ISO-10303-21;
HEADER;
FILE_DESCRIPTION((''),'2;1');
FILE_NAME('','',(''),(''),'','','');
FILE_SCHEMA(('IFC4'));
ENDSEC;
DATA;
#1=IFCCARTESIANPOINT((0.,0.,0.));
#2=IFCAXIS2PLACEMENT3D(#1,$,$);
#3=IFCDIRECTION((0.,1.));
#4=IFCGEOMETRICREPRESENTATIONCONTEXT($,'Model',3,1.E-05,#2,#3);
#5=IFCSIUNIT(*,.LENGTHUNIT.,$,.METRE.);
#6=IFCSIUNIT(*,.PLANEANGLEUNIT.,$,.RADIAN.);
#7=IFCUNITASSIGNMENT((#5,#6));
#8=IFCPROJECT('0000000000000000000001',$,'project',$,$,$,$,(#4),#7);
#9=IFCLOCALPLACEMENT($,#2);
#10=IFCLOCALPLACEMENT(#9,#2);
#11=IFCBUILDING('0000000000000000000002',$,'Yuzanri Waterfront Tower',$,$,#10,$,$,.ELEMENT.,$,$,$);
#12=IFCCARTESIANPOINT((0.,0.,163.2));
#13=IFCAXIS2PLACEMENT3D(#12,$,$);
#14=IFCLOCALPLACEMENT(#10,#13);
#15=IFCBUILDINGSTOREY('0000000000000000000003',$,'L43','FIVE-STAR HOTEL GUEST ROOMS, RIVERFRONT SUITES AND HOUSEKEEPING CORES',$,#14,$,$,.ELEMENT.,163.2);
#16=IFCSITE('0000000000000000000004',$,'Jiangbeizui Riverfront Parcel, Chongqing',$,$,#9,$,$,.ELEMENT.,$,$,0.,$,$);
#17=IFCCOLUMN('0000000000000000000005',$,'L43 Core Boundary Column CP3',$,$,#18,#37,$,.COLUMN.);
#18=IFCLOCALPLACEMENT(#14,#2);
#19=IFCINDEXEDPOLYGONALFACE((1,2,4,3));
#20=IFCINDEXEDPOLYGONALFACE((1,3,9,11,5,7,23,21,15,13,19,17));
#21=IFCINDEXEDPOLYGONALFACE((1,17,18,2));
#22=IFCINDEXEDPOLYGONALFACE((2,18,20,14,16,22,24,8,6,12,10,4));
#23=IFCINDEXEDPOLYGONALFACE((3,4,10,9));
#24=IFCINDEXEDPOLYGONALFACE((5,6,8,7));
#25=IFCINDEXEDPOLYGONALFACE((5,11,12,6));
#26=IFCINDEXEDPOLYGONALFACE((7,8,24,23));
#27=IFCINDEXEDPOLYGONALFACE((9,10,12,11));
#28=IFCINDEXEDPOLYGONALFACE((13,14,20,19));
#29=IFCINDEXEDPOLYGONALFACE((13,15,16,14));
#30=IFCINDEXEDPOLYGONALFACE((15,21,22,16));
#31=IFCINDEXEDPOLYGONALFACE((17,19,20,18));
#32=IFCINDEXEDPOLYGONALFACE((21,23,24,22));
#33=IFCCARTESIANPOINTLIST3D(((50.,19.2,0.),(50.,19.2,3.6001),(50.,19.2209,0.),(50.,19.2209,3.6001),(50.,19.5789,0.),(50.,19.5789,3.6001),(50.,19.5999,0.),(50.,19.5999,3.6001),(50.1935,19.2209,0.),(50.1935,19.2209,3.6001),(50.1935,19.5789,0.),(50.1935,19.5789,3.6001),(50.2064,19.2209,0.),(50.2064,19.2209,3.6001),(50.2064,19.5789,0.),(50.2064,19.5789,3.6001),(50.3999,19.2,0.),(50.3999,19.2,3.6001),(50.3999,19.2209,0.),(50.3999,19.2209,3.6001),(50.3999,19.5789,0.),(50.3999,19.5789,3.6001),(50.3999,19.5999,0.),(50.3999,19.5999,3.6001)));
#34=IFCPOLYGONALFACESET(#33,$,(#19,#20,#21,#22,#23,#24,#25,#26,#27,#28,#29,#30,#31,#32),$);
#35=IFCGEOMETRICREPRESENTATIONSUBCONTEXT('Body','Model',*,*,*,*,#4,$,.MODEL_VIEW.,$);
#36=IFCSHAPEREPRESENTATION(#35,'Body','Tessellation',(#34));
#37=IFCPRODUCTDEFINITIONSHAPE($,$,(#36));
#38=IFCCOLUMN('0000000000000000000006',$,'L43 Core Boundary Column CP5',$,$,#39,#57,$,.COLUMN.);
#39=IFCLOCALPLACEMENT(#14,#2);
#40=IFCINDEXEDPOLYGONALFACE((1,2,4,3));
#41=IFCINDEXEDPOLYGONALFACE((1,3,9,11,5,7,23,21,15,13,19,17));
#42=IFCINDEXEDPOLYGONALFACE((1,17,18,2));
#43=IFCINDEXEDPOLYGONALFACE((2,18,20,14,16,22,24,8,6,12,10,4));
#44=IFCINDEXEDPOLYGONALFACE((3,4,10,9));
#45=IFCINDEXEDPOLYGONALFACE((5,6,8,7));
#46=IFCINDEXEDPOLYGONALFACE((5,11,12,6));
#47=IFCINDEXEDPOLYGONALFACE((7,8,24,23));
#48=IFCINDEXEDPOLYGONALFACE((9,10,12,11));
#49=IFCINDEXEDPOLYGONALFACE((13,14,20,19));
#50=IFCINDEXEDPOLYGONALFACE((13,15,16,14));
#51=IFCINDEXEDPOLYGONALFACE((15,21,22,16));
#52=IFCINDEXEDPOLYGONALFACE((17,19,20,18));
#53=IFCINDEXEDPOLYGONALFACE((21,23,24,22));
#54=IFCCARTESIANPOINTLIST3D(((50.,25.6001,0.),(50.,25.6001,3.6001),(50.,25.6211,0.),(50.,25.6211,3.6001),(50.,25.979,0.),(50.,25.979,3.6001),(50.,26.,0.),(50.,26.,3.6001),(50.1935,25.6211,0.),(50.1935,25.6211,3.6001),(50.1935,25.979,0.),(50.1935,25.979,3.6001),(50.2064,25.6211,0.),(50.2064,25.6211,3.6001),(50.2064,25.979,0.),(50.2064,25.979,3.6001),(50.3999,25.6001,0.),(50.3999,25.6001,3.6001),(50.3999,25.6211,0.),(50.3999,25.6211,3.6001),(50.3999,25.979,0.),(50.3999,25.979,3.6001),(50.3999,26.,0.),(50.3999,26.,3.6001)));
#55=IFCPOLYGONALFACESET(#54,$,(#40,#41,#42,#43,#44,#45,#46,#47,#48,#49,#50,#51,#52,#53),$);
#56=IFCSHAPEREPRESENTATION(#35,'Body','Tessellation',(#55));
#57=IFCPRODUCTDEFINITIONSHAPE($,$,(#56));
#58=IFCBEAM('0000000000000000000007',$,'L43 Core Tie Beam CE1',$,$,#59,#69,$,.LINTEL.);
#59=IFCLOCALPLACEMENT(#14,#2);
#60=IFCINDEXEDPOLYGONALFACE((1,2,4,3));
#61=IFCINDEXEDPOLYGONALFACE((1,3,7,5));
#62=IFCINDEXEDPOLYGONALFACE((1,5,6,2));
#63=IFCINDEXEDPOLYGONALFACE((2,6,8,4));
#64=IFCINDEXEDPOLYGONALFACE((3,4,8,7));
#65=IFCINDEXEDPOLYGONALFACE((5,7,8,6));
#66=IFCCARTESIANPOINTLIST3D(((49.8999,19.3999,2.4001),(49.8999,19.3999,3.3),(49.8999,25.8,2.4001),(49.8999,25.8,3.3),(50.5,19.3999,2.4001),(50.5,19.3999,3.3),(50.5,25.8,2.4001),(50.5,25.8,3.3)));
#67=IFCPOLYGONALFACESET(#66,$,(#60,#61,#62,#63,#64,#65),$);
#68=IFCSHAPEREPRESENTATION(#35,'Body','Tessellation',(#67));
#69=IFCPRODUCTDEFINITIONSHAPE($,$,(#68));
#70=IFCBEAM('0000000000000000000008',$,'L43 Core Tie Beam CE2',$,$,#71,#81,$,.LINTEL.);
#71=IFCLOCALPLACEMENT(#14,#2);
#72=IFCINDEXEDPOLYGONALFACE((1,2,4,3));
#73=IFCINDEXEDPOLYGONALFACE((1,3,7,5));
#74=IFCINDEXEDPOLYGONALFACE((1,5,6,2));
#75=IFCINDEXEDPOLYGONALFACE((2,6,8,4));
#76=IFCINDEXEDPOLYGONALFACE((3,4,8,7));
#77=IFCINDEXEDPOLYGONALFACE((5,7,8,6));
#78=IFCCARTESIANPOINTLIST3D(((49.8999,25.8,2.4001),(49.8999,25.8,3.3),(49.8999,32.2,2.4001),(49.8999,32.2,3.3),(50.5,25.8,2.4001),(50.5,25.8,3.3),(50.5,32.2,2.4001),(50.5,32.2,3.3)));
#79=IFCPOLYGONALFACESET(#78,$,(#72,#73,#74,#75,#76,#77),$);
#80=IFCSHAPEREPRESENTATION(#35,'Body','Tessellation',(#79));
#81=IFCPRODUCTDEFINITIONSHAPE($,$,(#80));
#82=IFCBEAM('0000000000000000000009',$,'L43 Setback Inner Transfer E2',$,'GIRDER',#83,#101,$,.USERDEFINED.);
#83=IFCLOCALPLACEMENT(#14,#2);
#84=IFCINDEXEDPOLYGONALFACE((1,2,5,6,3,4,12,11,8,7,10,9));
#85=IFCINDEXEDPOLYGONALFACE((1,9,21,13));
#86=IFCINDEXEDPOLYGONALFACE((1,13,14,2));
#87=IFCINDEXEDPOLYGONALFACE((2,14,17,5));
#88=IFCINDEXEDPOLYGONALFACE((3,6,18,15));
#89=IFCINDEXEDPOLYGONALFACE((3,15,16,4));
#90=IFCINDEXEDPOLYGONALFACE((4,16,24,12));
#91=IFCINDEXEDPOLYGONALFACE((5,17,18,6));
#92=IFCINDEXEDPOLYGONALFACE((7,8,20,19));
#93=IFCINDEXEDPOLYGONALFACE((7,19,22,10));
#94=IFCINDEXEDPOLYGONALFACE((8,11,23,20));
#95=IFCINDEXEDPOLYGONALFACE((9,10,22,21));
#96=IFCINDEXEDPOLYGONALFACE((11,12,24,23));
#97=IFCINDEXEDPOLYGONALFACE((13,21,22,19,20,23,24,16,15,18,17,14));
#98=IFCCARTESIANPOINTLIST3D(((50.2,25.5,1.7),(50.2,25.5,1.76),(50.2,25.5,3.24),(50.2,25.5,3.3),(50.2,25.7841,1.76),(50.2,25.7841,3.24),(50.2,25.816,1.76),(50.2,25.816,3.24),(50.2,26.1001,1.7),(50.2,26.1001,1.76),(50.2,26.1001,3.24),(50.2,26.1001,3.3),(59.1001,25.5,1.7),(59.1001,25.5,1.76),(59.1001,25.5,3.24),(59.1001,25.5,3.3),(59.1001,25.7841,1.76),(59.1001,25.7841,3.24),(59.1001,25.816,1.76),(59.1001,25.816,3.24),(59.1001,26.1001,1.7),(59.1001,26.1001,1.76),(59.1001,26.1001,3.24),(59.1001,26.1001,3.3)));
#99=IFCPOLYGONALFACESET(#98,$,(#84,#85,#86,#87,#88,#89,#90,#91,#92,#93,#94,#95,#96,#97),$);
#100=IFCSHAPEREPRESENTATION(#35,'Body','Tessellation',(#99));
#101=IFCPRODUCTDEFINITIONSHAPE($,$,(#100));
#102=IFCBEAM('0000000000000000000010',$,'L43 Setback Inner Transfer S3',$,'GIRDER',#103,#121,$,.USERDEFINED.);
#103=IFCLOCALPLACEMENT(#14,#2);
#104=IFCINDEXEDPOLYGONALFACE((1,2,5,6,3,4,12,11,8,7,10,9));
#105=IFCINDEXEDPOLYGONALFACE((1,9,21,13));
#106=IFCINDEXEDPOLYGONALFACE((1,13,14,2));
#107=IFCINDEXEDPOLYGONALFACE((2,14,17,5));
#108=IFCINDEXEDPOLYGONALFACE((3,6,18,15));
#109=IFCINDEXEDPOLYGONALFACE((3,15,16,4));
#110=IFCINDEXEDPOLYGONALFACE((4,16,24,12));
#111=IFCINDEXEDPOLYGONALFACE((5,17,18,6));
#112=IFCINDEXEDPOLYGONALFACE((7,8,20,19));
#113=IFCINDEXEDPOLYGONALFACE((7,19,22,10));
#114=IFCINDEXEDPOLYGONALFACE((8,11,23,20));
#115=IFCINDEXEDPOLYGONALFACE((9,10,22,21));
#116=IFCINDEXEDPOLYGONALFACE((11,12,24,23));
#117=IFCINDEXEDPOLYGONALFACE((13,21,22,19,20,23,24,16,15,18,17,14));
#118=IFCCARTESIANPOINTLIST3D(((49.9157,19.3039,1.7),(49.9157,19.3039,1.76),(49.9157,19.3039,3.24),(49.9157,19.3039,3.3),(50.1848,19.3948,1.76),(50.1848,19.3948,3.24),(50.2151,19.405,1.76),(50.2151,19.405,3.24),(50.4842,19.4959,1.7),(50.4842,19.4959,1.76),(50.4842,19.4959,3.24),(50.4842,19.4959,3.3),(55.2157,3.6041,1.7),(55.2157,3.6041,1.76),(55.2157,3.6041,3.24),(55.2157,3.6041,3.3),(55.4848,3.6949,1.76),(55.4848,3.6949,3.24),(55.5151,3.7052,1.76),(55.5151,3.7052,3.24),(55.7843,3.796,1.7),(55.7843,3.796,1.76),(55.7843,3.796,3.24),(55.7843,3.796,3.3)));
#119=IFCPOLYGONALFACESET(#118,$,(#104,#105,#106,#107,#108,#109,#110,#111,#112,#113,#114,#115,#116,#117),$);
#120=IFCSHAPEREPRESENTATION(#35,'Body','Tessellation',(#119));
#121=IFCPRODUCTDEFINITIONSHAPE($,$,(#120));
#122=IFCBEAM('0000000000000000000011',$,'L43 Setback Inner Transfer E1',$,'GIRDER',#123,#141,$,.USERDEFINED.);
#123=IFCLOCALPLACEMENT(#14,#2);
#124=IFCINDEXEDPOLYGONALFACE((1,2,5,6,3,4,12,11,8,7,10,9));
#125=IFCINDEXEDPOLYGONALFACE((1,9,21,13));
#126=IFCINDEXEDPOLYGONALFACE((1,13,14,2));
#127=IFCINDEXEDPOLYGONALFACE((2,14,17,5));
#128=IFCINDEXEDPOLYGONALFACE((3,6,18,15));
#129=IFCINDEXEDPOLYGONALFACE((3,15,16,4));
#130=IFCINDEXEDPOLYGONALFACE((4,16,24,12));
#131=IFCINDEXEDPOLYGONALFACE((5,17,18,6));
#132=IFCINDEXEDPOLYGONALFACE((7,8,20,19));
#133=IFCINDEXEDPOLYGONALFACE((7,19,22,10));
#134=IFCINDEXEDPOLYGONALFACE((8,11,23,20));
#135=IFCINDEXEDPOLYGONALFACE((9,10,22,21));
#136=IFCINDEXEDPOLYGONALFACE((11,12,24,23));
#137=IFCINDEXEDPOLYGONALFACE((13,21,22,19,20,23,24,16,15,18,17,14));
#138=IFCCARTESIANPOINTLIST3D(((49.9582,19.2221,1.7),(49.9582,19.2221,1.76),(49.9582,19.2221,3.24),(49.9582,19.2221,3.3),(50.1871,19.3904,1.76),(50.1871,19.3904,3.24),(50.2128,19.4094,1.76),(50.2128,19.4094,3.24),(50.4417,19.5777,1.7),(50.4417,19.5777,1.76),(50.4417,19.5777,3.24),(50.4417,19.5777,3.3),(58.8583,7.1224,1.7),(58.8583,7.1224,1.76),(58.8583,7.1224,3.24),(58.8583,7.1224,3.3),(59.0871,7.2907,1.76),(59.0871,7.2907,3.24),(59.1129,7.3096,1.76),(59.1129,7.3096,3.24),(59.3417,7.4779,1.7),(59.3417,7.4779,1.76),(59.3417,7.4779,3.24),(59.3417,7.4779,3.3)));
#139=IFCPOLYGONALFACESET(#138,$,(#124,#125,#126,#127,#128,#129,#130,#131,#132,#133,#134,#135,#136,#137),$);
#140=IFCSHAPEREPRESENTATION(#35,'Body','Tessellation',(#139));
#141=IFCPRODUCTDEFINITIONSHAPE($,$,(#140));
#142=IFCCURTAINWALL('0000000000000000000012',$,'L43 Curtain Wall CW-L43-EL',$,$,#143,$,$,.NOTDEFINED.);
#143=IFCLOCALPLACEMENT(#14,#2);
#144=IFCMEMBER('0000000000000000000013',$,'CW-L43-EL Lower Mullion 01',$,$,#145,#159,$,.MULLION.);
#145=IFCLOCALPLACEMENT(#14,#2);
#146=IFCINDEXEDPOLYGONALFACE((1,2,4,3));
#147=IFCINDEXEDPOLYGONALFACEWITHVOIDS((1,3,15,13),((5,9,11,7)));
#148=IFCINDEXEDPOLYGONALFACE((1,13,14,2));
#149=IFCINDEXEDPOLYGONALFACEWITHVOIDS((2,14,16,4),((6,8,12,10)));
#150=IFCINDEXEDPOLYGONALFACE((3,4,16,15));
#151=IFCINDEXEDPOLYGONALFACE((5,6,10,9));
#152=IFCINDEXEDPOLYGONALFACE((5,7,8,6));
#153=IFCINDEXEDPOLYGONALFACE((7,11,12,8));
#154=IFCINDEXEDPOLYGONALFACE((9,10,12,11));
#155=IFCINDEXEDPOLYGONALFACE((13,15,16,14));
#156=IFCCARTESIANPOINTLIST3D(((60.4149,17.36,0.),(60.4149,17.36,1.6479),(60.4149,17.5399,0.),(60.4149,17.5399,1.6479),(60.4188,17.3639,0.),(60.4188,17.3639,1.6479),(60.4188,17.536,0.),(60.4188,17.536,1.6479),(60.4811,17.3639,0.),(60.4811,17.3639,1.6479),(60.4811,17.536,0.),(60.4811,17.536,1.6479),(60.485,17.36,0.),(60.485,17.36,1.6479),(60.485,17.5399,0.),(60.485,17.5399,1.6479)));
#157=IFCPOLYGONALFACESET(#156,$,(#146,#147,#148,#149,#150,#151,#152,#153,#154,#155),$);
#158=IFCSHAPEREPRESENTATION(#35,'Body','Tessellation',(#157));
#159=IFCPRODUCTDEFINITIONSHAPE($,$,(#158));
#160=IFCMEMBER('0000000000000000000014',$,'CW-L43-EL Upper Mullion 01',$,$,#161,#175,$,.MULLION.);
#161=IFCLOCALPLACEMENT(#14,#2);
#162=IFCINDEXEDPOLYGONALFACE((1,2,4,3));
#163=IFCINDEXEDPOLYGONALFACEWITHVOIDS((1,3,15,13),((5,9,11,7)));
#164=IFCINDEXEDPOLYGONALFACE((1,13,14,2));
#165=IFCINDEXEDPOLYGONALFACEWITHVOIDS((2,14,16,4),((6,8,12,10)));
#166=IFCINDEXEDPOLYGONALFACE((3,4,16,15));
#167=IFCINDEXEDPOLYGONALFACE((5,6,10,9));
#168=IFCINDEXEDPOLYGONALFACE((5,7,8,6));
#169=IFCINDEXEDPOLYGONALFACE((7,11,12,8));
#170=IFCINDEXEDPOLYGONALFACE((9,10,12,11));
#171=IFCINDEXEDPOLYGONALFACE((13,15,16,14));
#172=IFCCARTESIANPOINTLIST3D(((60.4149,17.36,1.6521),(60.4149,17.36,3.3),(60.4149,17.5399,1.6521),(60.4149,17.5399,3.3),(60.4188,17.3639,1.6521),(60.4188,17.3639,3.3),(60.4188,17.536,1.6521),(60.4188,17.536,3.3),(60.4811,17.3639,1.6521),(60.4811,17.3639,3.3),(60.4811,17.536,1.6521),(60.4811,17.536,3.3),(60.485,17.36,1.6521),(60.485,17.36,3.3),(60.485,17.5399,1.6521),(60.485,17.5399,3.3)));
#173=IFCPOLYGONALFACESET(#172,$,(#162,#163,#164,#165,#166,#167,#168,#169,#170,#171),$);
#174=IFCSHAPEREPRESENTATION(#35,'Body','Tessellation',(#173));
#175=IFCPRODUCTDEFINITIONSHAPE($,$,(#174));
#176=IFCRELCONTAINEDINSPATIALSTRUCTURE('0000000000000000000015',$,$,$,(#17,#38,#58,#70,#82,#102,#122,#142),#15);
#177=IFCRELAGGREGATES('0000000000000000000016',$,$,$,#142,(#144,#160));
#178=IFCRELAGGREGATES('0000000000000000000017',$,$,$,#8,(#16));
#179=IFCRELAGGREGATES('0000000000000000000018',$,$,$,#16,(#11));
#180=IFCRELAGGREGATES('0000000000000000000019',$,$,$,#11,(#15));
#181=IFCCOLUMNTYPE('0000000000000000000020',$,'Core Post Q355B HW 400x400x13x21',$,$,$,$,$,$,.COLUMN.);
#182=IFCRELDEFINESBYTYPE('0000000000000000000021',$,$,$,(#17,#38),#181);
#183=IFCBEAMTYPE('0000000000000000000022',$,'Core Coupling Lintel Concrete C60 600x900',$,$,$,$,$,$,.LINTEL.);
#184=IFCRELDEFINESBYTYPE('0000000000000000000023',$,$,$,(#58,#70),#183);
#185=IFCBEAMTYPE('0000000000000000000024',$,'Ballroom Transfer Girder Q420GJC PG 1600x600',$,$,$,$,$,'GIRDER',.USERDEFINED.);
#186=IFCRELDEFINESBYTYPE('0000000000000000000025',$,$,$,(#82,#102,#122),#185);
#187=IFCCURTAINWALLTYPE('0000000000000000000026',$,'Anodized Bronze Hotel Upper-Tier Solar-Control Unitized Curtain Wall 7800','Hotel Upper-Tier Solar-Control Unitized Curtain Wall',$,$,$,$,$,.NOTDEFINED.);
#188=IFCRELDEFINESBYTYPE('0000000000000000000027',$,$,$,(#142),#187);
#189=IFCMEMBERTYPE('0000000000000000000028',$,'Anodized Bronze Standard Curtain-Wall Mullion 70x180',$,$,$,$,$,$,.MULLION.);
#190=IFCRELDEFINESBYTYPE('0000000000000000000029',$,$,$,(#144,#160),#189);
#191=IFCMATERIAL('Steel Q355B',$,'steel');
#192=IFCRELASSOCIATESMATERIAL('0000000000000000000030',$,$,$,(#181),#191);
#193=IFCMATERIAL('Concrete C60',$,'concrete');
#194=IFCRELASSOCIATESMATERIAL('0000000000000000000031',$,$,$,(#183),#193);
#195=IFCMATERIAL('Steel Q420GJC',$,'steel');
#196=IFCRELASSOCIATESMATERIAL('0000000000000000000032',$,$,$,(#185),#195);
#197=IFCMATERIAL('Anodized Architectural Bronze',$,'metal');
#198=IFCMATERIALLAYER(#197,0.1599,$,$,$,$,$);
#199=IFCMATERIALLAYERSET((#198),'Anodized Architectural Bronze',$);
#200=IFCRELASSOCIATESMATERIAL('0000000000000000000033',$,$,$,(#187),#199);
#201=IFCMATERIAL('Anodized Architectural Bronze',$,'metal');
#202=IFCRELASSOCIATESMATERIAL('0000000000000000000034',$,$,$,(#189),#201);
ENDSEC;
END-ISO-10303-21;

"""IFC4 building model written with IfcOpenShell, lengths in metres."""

from ifc_helpers import new_model, si_unit, direction, frame, origin, origin_2d, place, context, subcontext, project, spatial, rectangle, hollow_rectangle, i_section, extrude, source, transform, mapped, material, layer, layer_set, material_profile, profile_set, type_object, element, aggregate, save


model = new_model("IFC4")

# Units and contexts
model_context = context("Model", 3, precision=1e-05, world=origin(), true_north=direction((0.0, 1.0)))
body_context = subcontext(model_context, "Body", "Model", "MODEL_VIEW")
ifc_project = project(units=[si_unit("LENGTHUNIT", "METRE"), si_unit("PLANEANGLEUNIT", "RADIAN")], contexts=[model_context])

# Site, building, storey
site_placement = place(None, origin())
site = spatial("IfcSite", under=ifc_project, at=site_placement, Name="Jiangbeizui Riverfront Parcel, Chongqing", CompositionType="ELEMENT", RefElevation=0.0)
building_placement = place(site_placement, origin())
building = spatial("IfcBuilding", under=site, at=building_placement, Name="Yuzanri Waterfront Tower", CompositionType="ELEMENT")
storey_placement = place(building_placement, frame((0.0, 0.0, 163.2)))
storey = spatial("IfcBuildingStorey", under=building, at=storey_placement, Name="L43", Description="FIVE-STAR HOTEL GUEST ROOMS, RIVERFRONT SUITES AND HOUSEKEEPING CORES", CompositionType="ELEMENT", Elevation=163.2)

# Columns
ifc_material_1 = material(Name="Steel Q355B", Category="steel")
ifc_material_profile_1 = material_profile(ifc_material_1, i_section(OverallWidth=0.3999, OverallDepth=0.3999, WebThickness=0.0129, FlangeThickness=0.021, at=origin_2d()), Name="HW 400x400x13x21")
ifc_profile_set_1 = profile_set([ifc_material_profile_1], Name="Steel Q355B")
column_type = type_object("IfcColumnType", Name="Core Post Q355B HW 400x400x13x21", PredefinedType="COLUMN", material=ifc_profile_set_1)
shared_shape_1 = source(origin(), body_context, "Body", "SweptSolid", [
    extrude(i_section(OverallWidth=0.3999, OverallDepth=0.3999, WebThickness=0.0129, FlangeThickness=0.021, at=origin_2d()), origin(), (0.0, 0.0, 1.0), 3.6001),
])
for number, where, z_axis, x_axis, name in (
    (1, (50.2, 19.3999, 0.0), (0.0, 0.0, 1.0), (1.0, 0.0, 0.0), "L43 Core Boundary Column CP3"),
    (2, (50.2, 25.8, 0.0), (0.0, 0.0, 1.0), (1.0, 0.0, 0.0), "L43 Core Boundary Column CP5"),
):
    element("IfcColumn", number, at=place(storey_placement, frame(where, z_axis=z_axis, x_axis=x_axis)), inside=storey, type_object=column_type, Name=name, PredefinedType="COLUMN", context=body_context, shape_type="MappedRepresentation", body=[
        mapped(shared_shape_1, transform((0.0, 0.0, 0.0), scale=1.0)),
    ])

# Beams
ifc_material_2 = material(Name="Concrete C60", Category="concrete")
ifc_material_profile_2 = material_profile(ifc_material_2, rectangle(XDim=0.6001, YDim=0.8999, at=origin_2d()), Name="RC 600x900")
ifc_profile_set_2 = profile_set([ifc_material_profile_2], Name="Concrete C60")
beam_type_1 = type_object("IfcBeamType", Name="Core Coupling Lintel Concrete C60 600x900", PredefinedType="LINTEL", material=ifc_profile_set_2)
shared_shape_2 = source(origin(), body_context, "Body", "SweptSolid", [
    extrude(rectangle(XDim=0.6001, YDim=0.8999, at=origin_2d()), origin(), (0.0, 0.0, 1.0), 6.4001),
])
beam_1_placement = place(storey_placement, frame((50.2, 19.3999, 2.8501), z_axis=(0.0, 1.0, 0.0), x_axis=(-1.0, 0.0, 0.0)))
element("IfcBeam", 3, at=beam_1_placement, inside=storey, type_object=beam_type_1, Name="L43 Core Tie Beam CE1", PredefinedType="LINTEL", context=body_context, shape_type="MappedRepresentation", body=[
    mapped(shared_shape_2, transform((0.0, 0.0, 0.0), scale=1.0)),
])
shared_shape_3 = source(origin(), body_context, "Body", "SweptSolid", [
    extrude(rectangle(XDim=0.6001, YDim=0.8999, at=origin_2d()), origin(), (0.0, 0.0, 1.0), 6.3999),
])
beam_2_placement = place(storey_placement, frame((50.2, 25.8, 2.8501), z_axis=(0.0, 1.0, 0.0), x_axis=(-1.0, 0.0, 0.0)))
element("IfcBeam", 4, at=beam_2_placement, inside=storey, type_object=beam_type_1, Name="L43 Core Tie Beam CE2", PredefinedType="LINTEL", context=body_context, shape_type="MappedRepresentation", body=[
    mapped(shared_shape_3, transform((0.0, 0.0, 0.0), scale=1.0)),
])
ifc_material_3 = material(Name="Steel Q420GJC", Category="steel")
ifc_material_profile_3 = material_profile(ifc_material_3, i_section(OverallWidth=0.6001, OverallDepth=1.6001, WebThickness=0.032, FlangeThickness=0.0601, at=origin_2d()), Name="PG 1600x600x32x60")
ifc_profile_set_3 = profile_set([ifc_material_profile_3], Name="Steel Q420GJC")
beam_type_2 = type_object("IfcBeamType", Name="Ballroom Transfer Girder Q420GJC PG 1600x600", ElementType="GIRDER", PredefinedType="USERDEFINED", material=ifc_profile_set_3)
shared_shape_4 = source(origin(), body_context, "Body", "SweptSolid", [
    extrude(i_section(OverallWidth=0.6001, OverallDepth=1.6001, WebThickness=0.032, FlangeThickness=0.0601, at=origin_2d()), origin(), (0.0, 0.0, 1.0), 8.9001),
])
beam_3_placement = place(storey_placement, frame((50.2, 25.8, 2.5), z_axis=(1.0, 0.0, 0.0), x_axis=(0.0, 1.0, 0.0)))
element("IfcBeam", 5, at=beam_3_placement, inside=storey, type_object=beam_type_2, Name="L43 Setback Inner Transfer E2", ObjectType="GIRDER", PredefinedType="USERDEFINED", context=body_context, shape_type="MappedRepresentation", body=[
    mapped(shared_shape_4, transform((0.0, 0.0, 0.0), scale=1.0)),
])
shared_shape_5 = source(origin(), body_context, "Body", "SweptSolid", [
    extrude(i_section(OverallWidth=0.6001, OverallDepth=1.6001, WebThickness=0.032, FlangeThickness=0.0601, at=origin_2d()), origin(), (0.0, 0.0, 1.0), 16.5703),
])
beam_4_placement = place(storey_placement, frame((50.2, 19.3999, 2.5), z_axis=(0.31985, -0.947468, 0.0), x_axis=(0.947468, 0.31985, 0.0)))
element("IfcBeam", 6, at=beam_4_placement, inside=storey, type_object=beam_type_2, Name="L43 Setback Inner Transfer S3", ObjectType="GIRDER", PredefinedType="USERDEFINED", context=body_context, shape_type="MappedRepresentation", body=[
    mapped(shared_shape_5, transform((0.0, 0.0, 0.0), scale=1.0)),
])
shared_shape_6 = source(origin(), body_context, "Body", "SweptSolid", [
    extrude(i_section(OverallWidth=0.6001, OverallDepth=1.6001, WebThickness=0.032, FlangeThickness=0.0601, at=origin_2d()), origin(), (0.0, 0.0, 1.0), 15.0205),
])
beam_5_placement = place(storey_placement, frame((50.2, 19.3999, 2.5), z_axis=(0.592529, -0.805549, 0.0), x_axis=(0.805549, 0.592529, 0.0)))
element("IfcBeam", 7, at=beam_5_placement, inside=storey, type_object=beam_type_2, Name="L43 Setback Inner Transfer E1", ObjectType="GIRDER", PredefinedType="USERDEFINED", context=body_context, shape_type="MappedRepresentation", body=[
    mapped(shared_shape_6, transform((0.0, 0.0, 0.0), scale=1.0)),
])

# Curtain wall, members
ifc_material_4 = material(Name="Anodized Architectural Bronze", Category="metal")
ifc_layer_1 = layer(ifc_material_4, 0.1599)
ifc_layer_set_1 = layer_set([ifc_layer_1], Name="Anodized Architectural Bronze")
curtain_wall_type = type_object("IfcCurtainWallType", Name="Anodized Bronze Hotel Upper-Tier Solar-Control Unitized Curtain Wall 7800", Description="Hotel Upper-Tier Solar-Control Unitized Curtain Wall", PredefinedType="NOTDEFINED", material=ifc_layer_set_1)
curtain_wall_placement = place(storey_placement, origin())
curtain_wall = element("IfcCurtainWall", 8, at=curtain_wall_placement, inside=storey, type_object=curtain_wall_type, Name="L43 Curtain Wall CW-L43-EL", PredefinedType="NOTDEFINED")
ifc_material_5 = material(Name="Anodized Architectural Bronze", Category="metal")
ifc_material_profile_4 = material_profile(ifc_material_5, hollow_rectangle(XDim=0.0701, YDim=0.1799, WallThickness=0.0039, at=origin_2d()), Name="CWM 70x180")
ifc_profile_set_4 = profile_set([ifc_material_profile_4], Name="Anodized Architectural Bronze")
member_type = type_object("IfcMemberType", Name="Anodized Bronze Standard Curtain-Wall Mullion 70x180", PredefinedType="MULLION", material=ifc_profile_set_4)
shared_shape_7 = source(origin(), body_context, "Body", "SweptSolid", [
    extrude(hollow_rectangle(XDim=0.0701, YDim=0.1799, WallThickness=0.0039, at=origin_2d()), origin(), (0.0, 0.0, 1.0), 1.6479),
])
member_1_placement = place(storey_placement, frame((60.45, 17.45, 0.0), z_axis=(0.0, 0.0, 1.0), x_axis=(1.0, 0.0, 0.0)))
member_1 = element("IfcMember", 9, at=member_1_placement, type_object=member_type, Name="CW-L43-EL Lower Mullion 01", PredefinedType="MULLION", context=body_context, shape_type="MappedRepresentation", body=[
    mapped(shared_shape_7, transform((0.0, 0.0, 0.0), scale=1.0)),
])
member_2_placement = place(storey_placement, frame((60.45, 17.45, 1.6521), z_axis=(0.0, 0.0, 1.0), x_axis=(1.0, 0.0, 0.0)))
member_2 = element("IfcMember", 10, at=member_2_placement, type_object=member_type, Name="CW-L43-EL Upper Mullion 01", PredefinedType="MULLION", context=body_context, shape_type="MappedRepresentation", body=[
    mapped(shared_shape_7, transform((0.0, 0.0, 0.0), scale=1.0)),
])
aggregate(curtain_wall, [member_1, member_2])

save(model, "model.ifc")
